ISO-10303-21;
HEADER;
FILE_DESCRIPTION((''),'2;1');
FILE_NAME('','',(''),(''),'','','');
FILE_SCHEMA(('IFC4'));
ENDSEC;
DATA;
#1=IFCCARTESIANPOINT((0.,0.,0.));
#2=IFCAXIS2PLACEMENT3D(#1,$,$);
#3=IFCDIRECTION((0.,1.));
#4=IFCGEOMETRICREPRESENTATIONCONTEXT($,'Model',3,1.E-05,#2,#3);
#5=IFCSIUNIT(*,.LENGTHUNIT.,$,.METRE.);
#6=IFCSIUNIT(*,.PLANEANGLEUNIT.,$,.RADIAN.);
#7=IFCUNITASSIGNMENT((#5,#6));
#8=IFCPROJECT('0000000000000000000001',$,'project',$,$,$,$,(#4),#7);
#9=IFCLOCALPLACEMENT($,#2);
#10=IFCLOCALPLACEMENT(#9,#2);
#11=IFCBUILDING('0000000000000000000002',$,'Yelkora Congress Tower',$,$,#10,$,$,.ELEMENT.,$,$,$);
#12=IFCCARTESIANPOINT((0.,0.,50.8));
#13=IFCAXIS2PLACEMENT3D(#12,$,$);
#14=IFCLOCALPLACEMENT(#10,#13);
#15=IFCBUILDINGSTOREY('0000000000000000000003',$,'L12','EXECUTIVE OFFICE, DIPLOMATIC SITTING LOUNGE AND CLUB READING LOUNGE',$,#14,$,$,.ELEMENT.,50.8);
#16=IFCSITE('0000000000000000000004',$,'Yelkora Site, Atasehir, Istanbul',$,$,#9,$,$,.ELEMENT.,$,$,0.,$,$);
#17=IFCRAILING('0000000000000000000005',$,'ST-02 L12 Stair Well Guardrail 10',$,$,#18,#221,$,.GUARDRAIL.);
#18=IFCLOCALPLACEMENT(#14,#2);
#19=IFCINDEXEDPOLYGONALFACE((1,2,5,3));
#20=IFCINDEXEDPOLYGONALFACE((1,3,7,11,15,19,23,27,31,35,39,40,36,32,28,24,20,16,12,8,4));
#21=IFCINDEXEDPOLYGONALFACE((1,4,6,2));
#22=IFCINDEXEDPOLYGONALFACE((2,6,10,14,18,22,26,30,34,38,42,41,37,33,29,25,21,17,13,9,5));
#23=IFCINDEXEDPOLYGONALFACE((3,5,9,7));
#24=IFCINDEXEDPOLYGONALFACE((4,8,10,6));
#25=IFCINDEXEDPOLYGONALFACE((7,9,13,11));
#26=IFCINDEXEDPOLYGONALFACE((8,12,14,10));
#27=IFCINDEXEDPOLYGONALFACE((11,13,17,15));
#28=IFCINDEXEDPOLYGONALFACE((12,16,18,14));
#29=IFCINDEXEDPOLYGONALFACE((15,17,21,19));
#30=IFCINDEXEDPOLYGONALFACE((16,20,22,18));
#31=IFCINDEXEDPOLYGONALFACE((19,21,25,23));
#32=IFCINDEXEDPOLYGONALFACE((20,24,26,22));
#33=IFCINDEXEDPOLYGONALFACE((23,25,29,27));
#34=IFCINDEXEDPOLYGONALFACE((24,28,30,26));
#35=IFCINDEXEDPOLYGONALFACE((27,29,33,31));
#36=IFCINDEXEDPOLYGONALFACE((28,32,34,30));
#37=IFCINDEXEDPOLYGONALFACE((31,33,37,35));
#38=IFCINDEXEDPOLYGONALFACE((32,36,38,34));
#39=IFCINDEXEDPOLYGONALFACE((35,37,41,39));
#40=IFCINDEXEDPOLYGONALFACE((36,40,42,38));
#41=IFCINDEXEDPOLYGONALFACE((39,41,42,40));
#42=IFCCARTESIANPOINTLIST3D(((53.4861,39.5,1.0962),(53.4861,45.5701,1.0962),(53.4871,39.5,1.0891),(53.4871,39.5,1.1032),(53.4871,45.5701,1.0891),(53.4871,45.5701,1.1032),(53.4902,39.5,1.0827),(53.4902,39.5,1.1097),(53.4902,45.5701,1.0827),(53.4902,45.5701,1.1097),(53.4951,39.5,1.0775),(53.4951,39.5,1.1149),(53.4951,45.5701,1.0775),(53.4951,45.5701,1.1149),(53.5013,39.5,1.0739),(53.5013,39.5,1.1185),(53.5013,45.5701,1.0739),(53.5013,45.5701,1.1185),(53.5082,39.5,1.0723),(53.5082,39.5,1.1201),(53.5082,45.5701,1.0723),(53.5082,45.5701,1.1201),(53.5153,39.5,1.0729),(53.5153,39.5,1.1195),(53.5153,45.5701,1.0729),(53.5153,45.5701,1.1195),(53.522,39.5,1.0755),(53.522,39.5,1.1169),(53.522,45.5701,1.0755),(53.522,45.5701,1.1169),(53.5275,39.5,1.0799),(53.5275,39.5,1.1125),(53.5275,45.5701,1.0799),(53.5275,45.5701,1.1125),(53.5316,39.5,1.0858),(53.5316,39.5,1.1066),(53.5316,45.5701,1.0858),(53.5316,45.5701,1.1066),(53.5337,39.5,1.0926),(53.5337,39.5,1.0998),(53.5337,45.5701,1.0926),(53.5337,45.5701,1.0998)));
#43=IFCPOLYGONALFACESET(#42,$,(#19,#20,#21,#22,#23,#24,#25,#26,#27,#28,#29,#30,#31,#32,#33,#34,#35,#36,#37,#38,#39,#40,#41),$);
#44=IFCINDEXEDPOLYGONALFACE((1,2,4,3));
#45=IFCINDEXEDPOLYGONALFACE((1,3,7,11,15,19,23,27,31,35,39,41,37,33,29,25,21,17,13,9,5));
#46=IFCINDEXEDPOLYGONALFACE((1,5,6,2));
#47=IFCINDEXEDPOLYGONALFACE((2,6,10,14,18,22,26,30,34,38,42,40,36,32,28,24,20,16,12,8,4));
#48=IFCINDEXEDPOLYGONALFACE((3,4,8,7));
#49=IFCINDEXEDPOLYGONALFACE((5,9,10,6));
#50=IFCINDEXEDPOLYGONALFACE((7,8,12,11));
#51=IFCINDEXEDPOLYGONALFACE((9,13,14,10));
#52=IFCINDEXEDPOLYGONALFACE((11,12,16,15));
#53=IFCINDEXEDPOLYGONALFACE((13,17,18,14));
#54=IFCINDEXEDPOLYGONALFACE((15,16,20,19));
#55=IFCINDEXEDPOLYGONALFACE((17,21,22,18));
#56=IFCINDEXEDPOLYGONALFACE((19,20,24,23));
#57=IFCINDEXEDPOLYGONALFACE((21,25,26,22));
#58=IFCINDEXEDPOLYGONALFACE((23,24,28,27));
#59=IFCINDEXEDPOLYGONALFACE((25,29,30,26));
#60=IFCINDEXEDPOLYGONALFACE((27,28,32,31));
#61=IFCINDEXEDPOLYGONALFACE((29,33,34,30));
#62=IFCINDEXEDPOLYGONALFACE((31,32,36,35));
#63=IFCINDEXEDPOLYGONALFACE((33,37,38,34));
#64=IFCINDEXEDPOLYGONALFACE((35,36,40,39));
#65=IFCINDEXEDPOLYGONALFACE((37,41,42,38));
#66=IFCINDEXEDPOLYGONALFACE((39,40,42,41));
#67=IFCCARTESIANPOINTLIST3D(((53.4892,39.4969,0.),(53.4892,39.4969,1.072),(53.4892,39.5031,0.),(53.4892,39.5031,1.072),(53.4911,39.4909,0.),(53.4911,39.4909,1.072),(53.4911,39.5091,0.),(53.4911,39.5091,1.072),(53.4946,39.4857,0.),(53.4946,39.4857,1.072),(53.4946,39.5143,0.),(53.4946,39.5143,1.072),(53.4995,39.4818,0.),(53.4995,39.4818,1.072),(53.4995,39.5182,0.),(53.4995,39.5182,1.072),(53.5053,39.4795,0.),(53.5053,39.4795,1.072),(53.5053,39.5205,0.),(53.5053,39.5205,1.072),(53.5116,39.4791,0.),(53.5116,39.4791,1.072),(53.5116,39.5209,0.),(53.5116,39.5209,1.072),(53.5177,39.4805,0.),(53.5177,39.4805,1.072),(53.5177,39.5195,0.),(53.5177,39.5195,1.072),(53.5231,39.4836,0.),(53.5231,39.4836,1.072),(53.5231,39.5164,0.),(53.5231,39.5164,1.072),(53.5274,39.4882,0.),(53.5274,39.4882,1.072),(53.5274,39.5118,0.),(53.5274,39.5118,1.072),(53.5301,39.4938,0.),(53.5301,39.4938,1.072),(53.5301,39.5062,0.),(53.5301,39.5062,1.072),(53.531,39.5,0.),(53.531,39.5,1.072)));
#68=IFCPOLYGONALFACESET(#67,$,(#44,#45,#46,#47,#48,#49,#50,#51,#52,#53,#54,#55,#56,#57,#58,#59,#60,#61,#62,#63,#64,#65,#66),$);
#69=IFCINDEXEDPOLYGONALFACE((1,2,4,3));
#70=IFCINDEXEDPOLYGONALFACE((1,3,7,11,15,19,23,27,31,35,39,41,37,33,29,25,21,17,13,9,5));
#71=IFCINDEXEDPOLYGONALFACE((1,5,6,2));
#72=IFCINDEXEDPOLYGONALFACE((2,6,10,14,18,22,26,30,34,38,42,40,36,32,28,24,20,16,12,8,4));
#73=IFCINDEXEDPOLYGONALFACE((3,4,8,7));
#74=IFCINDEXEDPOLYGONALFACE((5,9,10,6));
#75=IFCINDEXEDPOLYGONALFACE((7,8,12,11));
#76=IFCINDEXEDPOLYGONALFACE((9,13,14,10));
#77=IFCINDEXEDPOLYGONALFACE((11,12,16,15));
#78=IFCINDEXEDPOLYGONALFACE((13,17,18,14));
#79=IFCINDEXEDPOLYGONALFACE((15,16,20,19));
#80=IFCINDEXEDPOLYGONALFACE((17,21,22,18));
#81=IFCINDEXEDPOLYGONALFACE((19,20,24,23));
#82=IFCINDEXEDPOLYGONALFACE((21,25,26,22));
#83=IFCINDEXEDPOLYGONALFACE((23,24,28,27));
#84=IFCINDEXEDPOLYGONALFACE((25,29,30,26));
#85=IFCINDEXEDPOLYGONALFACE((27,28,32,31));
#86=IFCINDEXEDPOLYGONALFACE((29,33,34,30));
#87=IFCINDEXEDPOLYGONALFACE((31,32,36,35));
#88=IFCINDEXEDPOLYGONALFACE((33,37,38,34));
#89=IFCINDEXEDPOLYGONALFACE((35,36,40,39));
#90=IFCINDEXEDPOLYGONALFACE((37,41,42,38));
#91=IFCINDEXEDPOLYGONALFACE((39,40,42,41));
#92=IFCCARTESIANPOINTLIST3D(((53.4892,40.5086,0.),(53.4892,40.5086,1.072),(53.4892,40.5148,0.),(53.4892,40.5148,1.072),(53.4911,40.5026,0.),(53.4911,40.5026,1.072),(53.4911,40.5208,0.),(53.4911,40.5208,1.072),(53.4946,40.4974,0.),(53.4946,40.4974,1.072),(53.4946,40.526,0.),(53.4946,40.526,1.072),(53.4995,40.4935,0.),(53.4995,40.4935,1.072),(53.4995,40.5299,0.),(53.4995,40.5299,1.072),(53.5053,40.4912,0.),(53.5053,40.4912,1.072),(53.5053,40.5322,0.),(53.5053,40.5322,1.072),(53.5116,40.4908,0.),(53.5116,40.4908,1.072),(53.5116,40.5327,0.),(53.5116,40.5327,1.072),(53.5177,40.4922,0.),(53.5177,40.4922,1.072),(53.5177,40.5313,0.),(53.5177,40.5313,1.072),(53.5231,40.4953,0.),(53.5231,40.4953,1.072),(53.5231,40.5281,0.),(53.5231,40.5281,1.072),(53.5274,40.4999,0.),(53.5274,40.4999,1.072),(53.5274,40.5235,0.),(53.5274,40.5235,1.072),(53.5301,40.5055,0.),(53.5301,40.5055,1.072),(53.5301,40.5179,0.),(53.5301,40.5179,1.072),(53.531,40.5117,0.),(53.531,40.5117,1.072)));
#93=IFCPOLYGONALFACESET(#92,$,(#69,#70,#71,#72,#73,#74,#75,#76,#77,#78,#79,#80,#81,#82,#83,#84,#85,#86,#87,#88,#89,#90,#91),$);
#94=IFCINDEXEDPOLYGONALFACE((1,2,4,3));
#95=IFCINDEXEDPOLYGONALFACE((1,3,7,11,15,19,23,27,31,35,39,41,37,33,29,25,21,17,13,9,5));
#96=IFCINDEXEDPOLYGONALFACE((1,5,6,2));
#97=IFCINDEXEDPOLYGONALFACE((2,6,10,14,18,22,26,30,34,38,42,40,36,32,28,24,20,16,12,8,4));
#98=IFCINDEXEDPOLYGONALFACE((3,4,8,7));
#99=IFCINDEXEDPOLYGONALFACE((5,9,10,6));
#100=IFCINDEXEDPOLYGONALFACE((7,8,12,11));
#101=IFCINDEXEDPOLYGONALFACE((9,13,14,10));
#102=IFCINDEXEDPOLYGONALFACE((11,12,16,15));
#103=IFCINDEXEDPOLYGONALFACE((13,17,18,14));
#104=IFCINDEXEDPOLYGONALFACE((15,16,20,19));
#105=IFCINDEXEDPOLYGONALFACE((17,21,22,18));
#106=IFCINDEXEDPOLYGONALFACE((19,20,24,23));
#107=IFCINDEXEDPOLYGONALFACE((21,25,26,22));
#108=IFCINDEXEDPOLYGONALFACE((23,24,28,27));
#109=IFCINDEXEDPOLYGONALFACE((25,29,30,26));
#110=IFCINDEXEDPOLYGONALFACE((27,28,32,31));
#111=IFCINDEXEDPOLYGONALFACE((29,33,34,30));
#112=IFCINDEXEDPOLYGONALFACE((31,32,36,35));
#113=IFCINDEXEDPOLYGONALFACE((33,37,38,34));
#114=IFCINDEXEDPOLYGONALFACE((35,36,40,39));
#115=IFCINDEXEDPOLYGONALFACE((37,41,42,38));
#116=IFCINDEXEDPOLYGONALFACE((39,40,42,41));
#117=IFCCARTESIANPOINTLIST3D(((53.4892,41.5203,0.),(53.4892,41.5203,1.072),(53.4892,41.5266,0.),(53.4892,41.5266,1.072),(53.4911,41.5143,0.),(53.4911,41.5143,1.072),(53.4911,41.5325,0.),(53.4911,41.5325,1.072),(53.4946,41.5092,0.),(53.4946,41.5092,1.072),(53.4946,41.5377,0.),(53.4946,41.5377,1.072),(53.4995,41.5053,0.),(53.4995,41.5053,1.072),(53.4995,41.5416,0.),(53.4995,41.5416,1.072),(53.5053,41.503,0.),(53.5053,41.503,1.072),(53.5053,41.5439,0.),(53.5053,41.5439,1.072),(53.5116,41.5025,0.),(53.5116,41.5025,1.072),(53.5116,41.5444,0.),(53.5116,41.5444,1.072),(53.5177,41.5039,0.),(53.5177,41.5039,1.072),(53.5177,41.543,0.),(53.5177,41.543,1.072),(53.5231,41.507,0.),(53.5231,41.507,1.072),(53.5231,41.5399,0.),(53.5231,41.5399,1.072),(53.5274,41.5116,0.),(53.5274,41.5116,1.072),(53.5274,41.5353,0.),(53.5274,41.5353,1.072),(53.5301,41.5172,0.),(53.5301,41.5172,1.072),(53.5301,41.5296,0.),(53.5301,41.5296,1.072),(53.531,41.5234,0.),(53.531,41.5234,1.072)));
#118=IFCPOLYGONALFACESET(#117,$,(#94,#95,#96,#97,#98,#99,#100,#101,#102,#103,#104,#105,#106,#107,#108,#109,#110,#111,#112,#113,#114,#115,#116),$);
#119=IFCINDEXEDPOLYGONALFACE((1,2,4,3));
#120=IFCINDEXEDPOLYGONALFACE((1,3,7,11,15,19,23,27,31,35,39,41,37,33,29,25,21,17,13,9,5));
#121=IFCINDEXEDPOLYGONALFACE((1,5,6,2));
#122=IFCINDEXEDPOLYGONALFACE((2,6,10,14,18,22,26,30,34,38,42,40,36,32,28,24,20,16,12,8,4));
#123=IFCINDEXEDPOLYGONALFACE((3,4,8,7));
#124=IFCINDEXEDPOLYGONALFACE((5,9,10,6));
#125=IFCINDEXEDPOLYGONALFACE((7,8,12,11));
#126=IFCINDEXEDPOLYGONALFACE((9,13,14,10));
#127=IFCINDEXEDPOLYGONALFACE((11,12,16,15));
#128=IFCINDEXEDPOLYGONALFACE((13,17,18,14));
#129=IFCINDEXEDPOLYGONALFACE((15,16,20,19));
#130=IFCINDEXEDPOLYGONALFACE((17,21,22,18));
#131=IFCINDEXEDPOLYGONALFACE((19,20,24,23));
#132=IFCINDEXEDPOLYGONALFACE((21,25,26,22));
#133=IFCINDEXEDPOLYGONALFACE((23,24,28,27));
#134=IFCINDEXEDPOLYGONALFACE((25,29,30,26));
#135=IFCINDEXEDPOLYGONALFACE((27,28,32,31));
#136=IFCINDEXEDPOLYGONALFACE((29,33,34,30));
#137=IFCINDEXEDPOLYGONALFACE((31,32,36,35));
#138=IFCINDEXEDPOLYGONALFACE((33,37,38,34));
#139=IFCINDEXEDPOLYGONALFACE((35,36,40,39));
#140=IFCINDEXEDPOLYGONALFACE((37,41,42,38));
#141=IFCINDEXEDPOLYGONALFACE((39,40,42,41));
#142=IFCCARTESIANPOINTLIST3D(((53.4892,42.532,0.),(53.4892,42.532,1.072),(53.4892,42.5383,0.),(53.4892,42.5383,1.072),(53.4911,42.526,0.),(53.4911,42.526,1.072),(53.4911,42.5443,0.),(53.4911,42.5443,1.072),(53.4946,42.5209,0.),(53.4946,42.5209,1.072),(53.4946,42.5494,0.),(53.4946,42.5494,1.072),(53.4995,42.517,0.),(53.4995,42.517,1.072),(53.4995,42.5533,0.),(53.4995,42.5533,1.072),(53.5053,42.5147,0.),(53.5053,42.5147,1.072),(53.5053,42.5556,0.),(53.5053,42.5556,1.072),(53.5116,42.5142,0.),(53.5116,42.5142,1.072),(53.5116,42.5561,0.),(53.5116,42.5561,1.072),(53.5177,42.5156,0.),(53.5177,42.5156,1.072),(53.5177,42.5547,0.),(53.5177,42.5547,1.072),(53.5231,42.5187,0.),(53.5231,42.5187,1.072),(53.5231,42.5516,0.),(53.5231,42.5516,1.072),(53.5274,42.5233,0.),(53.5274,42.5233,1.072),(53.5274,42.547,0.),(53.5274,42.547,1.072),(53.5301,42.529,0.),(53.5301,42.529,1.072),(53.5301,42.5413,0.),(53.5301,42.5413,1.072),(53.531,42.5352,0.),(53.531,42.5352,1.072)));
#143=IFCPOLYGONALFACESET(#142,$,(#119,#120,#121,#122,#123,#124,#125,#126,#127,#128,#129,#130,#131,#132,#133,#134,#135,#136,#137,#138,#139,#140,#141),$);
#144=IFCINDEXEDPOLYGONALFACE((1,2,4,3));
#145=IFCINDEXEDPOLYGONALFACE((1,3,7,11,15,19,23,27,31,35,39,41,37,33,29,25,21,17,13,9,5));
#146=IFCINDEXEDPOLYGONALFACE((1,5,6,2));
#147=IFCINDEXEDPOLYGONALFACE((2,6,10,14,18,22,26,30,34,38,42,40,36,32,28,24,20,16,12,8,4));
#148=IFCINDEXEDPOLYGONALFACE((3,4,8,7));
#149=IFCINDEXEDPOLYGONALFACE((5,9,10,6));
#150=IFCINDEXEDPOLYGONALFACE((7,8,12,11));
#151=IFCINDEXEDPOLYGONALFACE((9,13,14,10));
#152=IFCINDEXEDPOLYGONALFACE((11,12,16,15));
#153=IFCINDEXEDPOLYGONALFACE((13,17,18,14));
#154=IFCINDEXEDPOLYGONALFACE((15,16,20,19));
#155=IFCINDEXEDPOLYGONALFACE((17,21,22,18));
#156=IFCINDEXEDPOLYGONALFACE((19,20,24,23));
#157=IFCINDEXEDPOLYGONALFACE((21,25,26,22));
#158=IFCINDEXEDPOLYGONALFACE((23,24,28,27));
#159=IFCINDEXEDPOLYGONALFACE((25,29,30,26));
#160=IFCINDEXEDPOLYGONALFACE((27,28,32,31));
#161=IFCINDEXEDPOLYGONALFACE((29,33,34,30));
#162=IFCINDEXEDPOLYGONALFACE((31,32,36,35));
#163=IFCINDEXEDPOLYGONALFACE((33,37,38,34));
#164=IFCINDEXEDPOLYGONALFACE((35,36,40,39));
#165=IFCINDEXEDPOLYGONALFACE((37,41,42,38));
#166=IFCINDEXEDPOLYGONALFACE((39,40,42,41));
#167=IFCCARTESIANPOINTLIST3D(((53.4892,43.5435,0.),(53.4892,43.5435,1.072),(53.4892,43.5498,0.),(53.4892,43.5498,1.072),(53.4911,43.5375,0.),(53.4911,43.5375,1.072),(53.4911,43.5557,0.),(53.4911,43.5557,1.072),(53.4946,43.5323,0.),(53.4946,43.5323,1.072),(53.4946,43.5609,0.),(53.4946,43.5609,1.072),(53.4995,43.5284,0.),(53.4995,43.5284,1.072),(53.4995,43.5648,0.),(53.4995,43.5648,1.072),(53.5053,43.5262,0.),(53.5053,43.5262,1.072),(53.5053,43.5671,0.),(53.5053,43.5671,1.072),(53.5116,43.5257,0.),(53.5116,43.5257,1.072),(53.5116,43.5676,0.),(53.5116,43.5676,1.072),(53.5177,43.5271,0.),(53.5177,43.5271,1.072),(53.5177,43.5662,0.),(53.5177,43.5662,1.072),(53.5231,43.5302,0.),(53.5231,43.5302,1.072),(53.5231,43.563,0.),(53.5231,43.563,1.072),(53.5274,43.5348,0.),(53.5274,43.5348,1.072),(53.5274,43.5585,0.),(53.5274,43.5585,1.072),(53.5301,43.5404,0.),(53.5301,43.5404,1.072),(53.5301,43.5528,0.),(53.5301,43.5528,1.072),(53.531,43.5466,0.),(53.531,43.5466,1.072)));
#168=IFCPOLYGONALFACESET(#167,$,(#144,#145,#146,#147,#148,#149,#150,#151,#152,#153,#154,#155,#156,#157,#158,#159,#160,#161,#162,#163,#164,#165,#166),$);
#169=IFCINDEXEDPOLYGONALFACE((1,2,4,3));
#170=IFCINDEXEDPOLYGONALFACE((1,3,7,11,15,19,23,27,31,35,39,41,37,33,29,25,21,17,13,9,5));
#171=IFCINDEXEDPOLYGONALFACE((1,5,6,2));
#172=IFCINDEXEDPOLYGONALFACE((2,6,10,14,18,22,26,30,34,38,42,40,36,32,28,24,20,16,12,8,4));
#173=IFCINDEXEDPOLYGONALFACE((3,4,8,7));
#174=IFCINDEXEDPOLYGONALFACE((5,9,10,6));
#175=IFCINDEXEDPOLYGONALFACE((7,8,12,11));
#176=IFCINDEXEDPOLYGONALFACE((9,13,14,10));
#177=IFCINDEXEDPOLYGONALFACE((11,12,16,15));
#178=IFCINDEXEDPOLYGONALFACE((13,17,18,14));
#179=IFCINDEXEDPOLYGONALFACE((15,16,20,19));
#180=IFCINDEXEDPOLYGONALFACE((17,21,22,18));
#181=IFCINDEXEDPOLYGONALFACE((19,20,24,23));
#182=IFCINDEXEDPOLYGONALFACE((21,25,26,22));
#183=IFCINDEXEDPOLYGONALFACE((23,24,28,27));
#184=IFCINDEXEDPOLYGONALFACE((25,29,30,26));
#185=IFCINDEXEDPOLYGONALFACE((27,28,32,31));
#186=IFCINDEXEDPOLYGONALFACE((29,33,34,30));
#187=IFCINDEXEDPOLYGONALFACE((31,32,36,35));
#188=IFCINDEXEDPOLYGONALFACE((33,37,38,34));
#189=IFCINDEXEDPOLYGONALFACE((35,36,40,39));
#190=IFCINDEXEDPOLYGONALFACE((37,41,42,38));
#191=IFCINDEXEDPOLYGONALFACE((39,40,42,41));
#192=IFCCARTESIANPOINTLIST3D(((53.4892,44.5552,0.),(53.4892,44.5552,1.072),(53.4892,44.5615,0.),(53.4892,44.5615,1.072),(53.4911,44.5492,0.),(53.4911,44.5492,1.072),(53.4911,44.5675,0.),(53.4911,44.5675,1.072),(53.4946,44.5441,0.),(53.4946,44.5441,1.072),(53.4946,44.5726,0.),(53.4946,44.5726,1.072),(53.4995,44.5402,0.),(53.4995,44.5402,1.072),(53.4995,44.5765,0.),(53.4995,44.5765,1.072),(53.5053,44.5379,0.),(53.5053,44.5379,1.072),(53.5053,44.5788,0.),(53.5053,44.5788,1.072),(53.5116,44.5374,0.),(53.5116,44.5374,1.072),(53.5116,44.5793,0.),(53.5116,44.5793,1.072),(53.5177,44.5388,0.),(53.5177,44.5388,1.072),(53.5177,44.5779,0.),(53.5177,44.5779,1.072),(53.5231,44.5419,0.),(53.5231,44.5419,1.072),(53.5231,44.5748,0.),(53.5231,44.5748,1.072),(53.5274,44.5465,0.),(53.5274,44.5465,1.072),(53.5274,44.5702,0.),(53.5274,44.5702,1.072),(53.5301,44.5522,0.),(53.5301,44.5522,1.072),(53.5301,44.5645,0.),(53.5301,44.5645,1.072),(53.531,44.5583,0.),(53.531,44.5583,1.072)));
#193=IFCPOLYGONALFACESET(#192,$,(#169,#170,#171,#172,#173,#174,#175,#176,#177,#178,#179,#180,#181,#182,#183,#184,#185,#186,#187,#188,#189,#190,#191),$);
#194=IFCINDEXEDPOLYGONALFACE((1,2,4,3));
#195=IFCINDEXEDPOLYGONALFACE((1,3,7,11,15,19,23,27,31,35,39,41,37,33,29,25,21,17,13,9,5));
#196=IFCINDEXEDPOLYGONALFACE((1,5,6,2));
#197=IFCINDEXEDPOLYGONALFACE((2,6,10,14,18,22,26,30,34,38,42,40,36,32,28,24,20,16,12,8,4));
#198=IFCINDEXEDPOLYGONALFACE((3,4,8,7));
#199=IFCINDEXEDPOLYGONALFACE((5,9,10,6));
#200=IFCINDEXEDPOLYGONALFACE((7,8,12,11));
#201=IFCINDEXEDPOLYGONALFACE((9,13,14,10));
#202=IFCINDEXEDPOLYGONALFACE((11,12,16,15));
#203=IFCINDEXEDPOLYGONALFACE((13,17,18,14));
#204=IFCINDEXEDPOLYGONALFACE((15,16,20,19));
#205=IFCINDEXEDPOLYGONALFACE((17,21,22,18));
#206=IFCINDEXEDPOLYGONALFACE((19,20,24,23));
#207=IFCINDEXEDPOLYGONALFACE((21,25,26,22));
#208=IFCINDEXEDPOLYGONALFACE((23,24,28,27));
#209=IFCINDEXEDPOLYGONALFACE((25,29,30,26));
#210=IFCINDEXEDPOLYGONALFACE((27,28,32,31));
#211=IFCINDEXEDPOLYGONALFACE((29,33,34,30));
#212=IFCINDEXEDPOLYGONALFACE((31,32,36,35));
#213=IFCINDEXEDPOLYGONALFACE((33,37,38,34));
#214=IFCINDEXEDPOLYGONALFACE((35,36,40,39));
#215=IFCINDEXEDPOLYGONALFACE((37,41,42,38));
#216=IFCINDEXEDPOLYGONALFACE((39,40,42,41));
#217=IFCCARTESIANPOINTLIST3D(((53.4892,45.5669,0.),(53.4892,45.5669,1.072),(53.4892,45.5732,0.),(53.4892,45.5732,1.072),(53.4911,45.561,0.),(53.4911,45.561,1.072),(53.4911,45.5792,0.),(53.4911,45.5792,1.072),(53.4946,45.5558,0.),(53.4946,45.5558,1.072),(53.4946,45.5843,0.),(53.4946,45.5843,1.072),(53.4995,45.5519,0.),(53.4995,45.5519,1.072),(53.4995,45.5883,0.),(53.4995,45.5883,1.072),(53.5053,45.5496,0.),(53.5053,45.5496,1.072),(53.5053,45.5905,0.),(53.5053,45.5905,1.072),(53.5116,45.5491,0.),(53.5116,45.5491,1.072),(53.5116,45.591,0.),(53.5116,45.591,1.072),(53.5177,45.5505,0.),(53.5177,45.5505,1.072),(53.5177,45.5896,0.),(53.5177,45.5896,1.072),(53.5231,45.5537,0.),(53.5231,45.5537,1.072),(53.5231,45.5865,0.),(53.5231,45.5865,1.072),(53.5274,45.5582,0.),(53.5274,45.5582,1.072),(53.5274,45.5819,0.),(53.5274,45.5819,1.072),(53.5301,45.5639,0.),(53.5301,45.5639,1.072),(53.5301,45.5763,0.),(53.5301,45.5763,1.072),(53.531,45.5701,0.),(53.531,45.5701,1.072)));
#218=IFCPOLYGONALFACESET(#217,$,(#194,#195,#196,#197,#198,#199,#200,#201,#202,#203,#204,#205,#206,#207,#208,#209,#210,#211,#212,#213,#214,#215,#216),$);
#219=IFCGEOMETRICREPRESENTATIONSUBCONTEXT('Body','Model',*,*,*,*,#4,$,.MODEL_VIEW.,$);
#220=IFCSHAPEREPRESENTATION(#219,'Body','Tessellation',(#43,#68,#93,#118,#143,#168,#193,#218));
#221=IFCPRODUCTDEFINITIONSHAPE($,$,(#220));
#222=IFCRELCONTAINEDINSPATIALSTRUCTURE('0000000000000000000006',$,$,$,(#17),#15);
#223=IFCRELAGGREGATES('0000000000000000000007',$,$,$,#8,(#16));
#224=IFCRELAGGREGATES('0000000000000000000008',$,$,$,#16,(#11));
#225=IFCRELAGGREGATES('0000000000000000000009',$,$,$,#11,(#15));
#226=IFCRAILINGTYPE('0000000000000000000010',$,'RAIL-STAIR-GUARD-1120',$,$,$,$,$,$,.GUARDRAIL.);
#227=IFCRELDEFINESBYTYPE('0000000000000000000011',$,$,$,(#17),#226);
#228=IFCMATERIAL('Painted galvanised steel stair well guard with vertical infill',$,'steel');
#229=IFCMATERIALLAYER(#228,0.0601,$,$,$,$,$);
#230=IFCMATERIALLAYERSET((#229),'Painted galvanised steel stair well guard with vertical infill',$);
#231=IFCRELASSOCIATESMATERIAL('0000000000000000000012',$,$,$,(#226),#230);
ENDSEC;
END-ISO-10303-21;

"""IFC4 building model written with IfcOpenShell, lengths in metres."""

from ifc_helpers import new_model, si_unit, direction, frame, origin, origin_2d, place, context, subcontext, project, spatial, circle, extrude, material, layer, layer_set, type_object, element, save


model = new_model("IFC4")

# Units and contexts
model_context = context("Model", 3, precision=1e-05, world=origin(), true_north=direction((0.0, 1.0)))
body_context = subcontext(model_context, "Body", "Model", "MODEL_VIEW")
ifc_project = project(units=[si_unit("LENGTHUNIT", "METRE"), si_unit("PLANEANGLEUNIT", "RADIAN")], contexts=[model_context])

# Site, building, storey
site_placement = place(None, origin())
site = spatial("IfcSite", under=ifc_project, at=site_placement, Name="Yelkora Site, Atasehir, Istanbul", CompositionType="ELEMENT", RefElevation=0.0)
building_placement = place(site_placement, origin())
building = spatial("IfcBuilding", under=site, at=building_placement, Name="Yelkora Congress Tower", CompositionType="ELEMENT")
storey_placement = place(building_placement, frame((0.0, 0.0, 50.8)))
storey = spatial("IfcBuildingStorey", under=building, at=storey_placement, Name="L12", Description="EXECUTIVE OFFICE, DIPLOMATIC SITTING LOUNGE AND CLUB READING LOUNGE", CompositionType="ELEMENT", Elevation=50.8)

# Railing
ifc_material_1 = material(Name="Painted galvanised steel stair well guard with vertical infill", Category="steel")
ifc_layer_1 = layer(ifc_material_1, 0.0601)
ifc_layer_set_1 = layer_set([ifc_layer_1], Name="Painted galvanised steel stair well guard with vertical infill")
railing_type_1 = type_object("IfcRailingType", Name="RAIL-STAIR-GUARD-1120", PredefinedType="GUARDRAIL", material=ifc_layer_set_1)
railing_1_placement = place(storey_placement, frame((53.51, 39.5, 0.0)))
element("IfcRailing", 1, at=railing_1_placement, inside=storey, type_object=railing_type_1, Name="ST-02 L12 Stair Well Guardrail 10", PredefinedType="GUARDRAIL", context=body_context, shape_type="SweptSolid", body=[
    extrude(circle(Radius=0.0239, at=origin_2d()), frame((0.0, 0.0, 1.0962), z_axis=(0.0, 1.0, 0.0), x_axis=(-1.0, 0.0, 0.0)), (0.0, 0.0, 1.0), 6.0701),
    extrude(circle(Radius=0.021, at=origin_2d()), origin(), (0.0, 0.0, 1.0), 1.072),
    extrude(circle(Radius=0.021, at=origin_2d()), frame((0.0, 1.0117, 0.0)), (0.0, 0.0, 1.0), 1.072),
    extrude(circle(Radius=0.021, at=origin_2d()), frame((0.0, 2.0234, 0.0)), (0.0, 0.0, 1.0), 1.072),
    extrude(circle(Radius=0.021, at=origin_2d()), frame((0.0, 3.0352, 0.0)), (0.0, 0.0, 1.0), 1.072),
    extrude(circle(Radius=0.021, at=origin_2d()), frame((0.0, 4.0466, 0.0)), (0.0, 0.0, 1.0), 1.072),
    extrude(circle(Radius=0.021, at=origin_2d()), frame((0.0, 5.0583, 0.0)), (0.0, 0.0, 1.0), 1.072),
    extrude(circle(Radius=0.021, at=origin_2d()), frame((0.0, 6.0701, 0.0)), (0.0, 0.0, 1.0), 1.072),
])

save(model, "model.ifc")
